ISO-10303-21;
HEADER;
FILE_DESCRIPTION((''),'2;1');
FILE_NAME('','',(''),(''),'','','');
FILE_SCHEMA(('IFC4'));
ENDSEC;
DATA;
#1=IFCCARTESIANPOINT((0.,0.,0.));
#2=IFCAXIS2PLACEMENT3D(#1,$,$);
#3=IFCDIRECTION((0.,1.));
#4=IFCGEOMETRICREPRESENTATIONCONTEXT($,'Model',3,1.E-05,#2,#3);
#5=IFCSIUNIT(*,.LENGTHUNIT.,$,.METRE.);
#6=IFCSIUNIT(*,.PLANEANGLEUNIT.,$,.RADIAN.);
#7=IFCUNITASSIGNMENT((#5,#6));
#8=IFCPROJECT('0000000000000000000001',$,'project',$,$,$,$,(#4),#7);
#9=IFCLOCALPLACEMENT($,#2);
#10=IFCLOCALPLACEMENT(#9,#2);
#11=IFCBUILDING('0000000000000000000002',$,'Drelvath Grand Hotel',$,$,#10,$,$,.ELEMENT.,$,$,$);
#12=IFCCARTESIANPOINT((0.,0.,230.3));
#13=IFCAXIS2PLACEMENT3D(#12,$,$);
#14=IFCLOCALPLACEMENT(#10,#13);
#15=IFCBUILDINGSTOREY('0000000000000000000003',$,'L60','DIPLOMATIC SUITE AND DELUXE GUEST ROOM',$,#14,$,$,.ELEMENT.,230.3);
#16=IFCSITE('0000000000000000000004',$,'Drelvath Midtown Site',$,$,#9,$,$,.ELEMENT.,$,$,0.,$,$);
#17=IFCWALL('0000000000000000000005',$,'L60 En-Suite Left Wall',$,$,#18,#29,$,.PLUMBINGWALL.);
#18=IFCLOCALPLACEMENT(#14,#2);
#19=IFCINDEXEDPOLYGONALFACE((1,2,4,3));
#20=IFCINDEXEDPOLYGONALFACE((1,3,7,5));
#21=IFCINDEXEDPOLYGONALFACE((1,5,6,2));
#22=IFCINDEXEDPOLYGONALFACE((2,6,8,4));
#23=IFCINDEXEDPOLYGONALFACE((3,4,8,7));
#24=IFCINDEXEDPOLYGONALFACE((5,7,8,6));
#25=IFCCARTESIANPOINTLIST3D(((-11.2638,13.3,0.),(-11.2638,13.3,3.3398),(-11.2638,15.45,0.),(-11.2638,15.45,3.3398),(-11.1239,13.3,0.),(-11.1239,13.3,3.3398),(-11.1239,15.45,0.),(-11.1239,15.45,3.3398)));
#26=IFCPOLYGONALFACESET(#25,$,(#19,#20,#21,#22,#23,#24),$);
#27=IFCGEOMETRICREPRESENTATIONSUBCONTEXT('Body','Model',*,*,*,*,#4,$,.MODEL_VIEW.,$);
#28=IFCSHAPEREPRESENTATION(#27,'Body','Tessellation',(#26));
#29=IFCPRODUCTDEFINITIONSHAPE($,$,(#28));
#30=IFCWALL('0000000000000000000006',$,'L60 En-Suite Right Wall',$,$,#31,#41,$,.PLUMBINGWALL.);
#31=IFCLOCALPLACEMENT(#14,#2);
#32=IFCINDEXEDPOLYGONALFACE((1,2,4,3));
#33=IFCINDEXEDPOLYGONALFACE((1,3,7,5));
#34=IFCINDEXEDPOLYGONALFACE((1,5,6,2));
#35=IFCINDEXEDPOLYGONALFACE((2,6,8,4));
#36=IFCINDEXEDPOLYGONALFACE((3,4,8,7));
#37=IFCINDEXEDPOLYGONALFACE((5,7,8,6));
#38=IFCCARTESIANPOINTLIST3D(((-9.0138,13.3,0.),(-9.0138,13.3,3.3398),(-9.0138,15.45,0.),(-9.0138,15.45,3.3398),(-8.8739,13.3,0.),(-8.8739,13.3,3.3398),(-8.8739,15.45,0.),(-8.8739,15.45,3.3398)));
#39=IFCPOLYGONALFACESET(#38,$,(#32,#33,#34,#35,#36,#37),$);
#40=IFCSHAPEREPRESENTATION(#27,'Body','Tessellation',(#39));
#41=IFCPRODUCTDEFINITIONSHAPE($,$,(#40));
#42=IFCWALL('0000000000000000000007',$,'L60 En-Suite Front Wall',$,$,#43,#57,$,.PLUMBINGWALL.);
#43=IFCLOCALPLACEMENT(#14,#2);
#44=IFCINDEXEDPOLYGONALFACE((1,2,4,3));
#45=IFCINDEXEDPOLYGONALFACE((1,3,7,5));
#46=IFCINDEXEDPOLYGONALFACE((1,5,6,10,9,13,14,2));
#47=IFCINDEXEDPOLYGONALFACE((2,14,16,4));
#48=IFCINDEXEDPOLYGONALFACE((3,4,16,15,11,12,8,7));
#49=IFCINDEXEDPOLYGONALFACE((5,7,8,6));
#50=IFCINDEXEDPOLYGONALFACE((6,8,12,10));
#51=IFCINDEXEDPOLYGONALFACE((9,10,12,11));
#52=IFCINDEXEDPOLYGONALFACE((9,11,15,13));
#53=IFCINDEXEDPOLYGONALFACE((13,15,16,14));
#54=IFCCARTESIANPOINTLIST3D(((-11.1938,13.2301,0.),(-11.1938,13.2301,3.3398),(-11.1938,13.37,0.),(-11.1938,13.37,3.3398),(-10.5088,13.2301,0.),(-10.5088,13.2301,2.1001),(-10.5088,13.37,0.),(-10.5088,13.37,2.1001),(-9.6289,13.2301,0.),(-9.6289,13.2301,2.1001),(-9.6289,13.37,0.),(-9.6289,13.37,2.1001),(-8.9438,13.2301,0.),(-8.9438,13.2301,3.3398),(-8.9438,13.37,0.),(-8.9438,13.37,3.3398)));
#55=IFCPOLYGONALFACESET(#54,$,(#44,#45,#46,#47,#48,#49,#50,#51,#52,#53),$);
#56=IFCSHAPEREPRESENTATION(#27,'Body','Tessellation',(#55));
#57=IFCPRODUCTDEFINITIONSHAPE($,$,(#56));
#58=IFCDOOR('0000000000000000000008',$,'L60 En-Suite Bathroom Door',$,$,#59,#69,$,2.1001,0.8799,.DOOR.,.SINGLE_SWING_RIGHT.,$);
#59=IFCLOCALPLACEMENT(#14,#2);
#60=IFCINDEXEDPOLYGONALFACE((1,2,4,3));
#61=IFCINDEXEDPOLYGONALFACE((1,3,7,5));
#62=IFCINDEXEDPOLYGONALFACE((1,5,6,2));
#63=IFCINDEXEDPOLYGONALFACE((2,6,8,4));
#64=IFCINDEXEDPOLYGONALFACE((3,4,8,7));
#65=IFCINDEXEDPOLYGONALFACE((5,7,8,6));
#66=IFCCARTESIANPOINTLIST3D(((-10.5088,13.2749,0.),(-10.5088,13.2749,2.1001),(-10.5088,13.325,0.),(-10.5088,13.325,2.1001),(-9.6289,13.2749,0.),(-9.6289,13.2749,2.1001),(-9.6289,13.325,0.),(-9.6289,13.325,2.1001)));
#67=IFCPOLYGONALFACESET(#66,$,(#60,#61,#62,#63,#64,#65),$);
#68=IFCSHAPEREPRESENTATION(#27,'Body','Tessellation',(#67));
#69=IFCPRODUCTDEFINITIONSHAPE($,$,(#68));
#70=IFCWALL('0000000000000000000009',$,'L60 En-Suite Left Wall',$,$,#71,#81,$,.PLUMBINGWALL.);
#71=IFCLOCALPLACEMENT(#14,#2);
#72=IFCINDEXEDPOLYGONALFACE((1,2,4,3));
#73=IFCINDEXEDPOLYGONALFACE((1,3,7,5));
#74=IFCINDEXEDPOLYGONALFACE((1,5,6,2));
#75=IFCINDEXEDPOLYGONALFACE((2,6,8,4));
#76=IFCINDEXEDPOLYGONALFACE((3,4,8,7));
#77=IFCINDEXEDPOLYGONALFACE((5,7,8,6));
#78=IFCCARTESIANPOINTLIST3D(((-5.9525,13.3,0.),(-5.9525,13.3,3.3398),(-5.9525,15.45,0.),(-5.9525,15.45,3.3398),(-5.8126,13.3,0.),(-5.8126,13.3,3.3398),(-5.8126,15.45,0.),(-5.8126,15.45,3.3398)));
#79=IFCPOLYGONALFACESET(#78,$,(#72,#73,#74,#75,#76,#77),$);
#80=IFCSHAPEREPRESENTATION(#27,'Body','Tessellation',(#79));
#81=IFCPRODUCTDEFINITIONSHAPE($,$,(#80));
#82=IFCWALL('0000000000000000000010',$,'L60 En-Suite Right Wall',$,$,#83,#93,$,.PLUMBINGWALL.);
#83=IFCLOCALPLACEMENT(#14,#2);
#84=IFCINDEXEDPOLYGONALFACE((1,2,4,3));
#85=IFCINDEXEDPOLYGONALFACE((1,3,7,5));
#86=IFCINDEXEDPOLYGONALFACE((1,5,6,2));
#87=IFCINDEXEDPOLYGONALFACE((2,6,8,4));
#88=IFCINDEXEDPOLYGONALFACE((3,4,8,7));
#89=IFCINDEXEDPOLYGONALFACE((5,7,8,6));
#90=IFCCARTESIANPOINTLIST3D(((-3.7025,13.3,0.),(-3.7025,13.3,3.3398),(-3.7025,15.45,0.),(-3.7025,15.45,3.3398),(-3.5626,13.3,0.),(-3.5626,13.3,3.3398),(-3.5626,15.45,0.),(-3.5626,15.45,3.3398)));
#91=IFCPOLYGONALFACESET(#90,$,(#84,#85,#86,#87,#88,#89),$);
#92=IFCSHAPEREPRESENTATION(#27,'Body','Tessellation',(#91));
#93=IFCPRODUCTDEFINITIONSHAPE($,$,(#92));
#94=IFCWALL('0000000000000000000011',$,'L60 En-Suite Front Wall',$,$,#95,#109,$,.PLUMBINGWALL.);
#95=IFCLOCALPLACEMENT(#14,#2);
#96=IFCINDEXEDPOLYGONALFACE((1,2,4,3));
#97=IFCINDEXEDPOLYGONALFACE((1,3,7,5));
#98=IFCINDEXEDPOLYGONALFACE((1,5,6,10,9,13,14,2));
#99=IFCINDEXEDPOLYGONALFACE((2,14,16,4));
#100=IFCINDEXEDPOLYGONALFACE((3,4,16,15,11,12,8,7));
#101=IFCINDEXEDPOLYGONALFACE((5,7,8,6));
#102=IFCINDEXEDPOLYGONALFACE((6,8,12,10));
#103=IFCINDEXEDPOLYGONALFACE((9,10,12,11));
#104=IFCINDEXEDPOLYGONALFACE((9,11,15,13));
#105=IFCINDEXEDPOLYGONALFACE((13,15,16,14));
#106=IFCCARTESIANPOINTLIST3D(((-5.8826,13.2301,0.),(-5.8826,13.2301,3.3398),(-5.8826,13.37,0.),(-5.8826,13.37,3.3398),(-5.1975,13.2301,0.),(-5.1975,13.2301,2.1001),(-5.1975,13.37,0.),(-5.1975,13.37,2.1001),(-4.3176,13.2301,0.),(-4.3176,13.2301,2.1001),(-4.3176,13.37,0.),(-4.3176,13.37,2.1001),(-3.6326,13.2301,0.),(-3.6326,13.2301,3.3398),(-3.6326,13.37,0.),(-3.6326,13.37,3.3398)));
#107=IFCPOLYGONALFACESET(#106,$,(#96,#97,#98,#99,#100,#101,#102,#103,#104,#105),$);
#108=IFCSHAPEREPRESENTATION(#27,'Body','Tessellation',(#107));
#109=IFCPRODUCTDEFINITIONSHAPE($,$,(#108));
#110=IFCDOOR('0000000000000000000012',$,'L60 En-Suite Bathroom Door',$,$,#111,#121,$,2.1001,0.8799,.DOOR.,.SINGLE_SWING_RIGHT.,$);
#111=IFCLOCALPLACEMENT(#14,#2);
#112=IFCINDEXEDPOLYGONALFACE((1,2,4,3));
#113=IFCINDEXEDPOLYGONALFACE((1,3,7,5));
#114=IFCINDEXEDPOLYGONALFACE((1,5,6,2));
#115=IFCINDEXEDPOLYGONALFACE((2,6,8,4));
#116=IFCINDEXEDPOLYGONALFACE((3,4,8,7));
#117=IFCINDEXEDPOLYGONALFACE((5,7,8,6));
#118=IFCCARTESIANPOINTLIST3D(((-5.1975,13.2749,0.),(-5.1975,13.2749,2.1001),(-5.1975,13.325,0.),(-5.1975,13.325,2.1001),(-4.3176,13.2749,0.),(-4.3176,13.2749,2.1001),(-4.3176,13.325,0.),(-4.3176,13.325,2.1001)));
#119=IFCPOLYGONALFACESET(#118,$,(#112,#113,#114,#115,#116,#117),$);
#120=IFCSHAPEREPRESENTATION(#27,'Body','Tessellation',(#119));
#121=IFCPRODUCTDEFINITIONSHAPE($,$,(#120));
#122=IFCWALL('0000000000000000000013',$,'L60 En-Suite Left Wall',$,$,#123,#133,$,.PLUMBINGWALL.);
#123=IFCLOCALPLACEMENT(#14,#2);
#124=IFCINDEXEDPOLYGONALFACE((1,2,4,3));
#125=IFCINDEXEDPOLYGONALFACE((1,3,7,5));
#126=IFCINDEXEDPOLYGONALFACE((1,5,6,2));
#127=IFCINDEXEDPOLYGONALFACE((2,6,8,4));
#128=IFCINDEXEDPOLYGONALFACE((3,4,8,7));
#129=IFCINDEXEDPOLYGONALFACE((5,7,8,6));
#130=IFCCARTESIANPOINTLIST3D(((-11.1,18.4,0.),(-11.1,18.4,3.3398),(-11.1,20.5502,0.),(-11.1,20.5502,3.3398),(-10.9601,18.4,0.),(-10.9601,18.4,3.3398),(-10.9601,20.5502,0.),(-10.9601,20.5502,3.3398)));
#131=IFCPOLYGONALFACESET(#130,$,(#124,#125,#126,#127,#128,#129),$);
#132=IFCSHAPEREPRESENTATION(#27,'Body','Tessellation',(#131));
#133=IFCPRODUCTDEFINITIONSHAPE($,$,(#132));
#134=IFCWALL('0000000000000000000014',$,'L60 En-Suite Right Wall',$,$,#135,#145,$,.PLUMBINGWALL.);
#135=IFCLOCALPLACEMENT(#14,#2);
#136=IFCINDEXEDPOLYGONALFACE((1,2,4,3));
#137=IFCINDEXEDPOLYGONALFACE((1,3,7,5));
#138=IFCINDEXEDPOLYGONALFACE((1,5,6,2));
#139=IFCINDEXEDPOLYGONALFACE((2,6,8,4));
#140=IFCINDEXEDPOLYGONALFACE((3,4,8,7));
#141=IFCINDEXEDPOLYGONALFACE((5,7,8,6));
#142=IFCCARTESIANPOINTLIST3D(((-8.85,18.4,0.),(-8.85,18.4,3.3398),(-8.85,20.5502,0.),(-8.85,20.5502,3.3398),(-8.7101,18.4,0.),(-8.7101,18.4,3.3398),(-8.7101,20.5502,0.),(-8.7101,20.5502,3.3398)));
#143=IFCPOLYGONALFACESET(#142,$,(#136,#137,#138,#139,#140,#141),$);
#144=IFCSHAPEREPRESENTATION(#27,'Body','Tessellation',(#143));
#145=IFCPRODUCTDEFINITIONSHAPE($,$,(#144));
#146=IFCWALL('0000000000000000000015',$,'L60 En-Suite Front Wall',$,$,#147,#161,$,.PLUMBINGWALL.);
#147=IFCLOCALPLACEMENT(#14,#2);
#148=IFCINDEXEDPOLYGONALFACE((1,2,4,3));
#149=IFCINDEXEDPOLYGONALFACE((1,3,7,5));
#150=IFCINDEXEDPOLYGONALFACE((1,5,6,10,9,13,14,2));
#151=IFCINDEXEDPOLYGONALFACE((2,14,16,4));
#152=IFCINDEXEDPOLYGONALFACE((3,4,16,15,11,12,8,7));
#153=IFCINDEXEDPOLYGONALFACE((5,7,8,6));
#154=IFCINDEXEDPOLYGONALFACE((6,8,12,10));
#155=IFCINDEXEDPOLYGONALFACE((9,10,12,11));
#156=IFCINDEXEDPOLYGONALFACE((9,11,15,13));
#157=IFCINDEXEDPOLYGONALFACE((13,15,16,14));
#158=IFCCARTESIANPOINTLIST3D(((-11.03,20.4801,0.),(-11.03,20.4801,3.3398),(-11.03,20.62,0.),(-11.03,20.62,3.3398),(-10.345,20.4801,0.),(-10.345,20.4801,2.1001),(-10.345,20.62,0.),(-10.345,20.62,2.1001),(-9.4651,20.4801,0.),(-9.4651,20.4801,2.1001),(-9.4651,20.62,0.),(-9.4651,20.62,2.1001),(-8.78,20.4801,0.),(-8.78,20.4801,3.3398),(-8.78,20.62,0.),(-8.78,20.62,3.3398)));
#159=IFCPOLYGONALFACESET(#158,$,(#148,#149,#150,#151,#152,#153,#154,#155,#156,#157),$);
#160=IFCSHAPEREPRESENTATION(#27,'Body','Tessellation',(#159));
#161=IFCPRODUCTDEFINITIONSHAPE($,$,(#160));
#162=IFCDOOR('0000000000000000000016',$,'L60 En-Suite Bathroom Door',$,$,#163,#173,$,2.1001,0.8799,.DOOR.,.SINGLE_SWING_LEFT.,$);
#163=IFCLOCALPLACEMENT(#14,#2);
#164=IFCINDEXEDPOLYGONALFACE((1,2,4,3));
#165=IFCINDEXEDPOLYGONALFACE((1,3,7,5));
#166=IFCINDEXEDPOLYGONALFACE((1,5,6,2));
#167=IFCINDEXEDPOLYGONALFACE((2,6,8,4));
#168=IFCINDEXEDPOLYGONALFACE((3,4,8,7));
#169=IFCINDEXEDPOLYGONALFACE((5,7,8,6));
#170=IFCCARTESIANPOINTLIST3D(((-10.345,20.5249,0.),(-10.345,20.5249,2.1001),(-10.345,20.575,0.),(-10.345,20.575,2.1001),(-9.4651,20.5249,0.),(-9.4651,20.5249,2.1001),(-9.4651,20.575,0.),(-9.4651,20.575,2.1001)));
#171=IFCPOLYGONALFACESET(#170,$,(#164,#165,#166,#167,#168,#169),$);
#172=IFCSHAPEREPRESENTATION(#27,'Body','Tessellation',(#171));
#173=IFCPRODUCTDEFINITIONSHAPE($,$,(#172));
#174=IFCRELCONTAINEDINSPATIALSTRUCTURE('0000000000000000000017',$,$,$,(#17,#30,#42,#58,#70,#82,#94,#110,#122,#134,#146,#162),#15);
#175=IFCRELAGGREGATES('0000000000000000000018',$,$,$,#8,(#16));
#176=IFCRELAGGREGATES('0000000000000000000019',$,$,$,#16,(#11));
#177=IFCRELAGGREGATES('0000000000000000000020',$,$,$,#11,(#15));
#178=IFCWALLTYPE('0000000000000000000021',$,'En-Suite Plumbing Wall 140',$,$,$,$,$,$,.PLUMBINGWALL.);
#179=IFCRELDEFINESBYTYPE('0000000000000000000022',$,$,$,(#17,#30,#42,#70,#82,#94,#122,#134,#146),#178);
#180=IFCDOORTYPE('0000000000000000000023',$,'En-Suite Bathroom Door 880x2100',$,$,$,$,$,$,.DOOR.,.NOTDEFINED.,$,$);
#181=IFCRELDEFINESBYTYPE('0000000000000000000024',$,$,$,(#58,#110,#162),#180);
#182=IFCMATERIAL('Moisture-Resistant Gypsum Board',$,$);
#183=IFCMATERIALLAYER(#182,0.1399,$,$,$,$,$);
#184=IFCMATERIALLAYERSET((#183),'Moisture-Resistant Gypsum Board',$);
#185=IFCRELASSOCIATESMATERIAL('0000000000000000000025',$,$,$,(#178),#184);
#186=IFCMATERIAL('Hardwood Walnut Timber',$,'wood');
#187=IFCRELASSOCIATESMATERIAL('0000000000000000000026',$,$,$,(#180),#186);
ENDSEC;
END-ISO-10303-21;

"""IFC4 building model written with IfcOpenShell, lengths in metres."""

from ifc_helpers import new_model, si_unit, direction, frame, frame_2d, origin, place, context, subcontext, project, spatial, rectangle, extrude, material, layer, layer_set, type_object, element, fill, save


model = new_model("IFC4")

# Units and contexts
model_context = context("Model", 3, precision=1e-05, world=origin(), true_north=direction((0.0, 1.0)))
body_context = subcontext(model_context, "Body", "Model", "MODEL_VIEW")
ifc_project = project(units=[si_unit("LENGTHUNIT", "METRE"), si_unit("PLANEANGLEUNIT", "RADIAN")], contexts=[model_context])

# Site, building, storey
site_placement = place(None, origin())
site = spatial("IfcSite", under=ifc_project, at=site_placement, Name="Drelvath Midtown Site", CompositionType="ELEMENT", RefElevation=0.0)
building_placement = place(site_placement, origin())
building = spatial("IfcBuilding", under=site, at=building_placement, Name="Drelvath Grand Hotel", CompositionType="ELEMENT")
storey_placement = place(building_placement, frame((0.0, 0.0, 230.3)))
storey = spatial("IfcBuildingStorey", under=building, at=storey_placement, Name="L60", Description="DIPLOMATIC SUITE AND DELUXE GUEST ROOM", CompositionType="ELEMENT", Elevation=230.3)

# Walls
ifc_material_1 = material(Name="Moisture-Resistant Gypsum Board")
ifc_layer_1 = layer(ifc_material_1, 0.1399)
ifc_layer_set_1 = layer_set([ifc_layer_1], Name="Moisture-Resistant Gypsum Board")
wall_type_1 = type_object("IfcWallType", Name="En-Suite Plumbing Wall 140", PredefinedType="PLUMBINGWALL", material=ifc_layer_set_1)
for number, where, z_axis, x_axis, name in (
    (1, (-11.1938, 15.45, 0.0), (0.0, 0.0, 1.0), (0.0, -1.0, 0.0), "L60 En-Suite Left Wall"),
    (2, (-8.9438, 15.45, 0.0), (0.0, 0.0, 1.0), (0.0, -1.0, 0.0), "L60 En-Suite Right Wall"),
):
    element("IfcWall", number, at=place(storey_placement, frame(where, z_axis=z_axis, x_axis=x_axis)), inside=storey, type_object=wall_type_1, Name=name, PredefinedType="PLUMBINGWALL", context=body_context, shape_type="SweptSolid", body=[
        extrude(rectangle(XDim=2.1499, YDim=0.1399, at=frame_2d((1.075, 0.0))), origin(), (0.0, 0.0, 1.0), 3.3398),
    ])

# Wall, opening, door
wall_1_placement = place(storey_placement, frame((-11.1938, 13.3, 0.0), z_axis=(0.0, 0.0, 1.0), x_axis=(1.0, 0.0, 0.0)))
wall_1 = element("IfcWall", 3, at=wall_1_placement, inside=storey, type_object=wall_type_1, Name="L60 En-Suite Front Wall", PredefinedType="PLUMBINGWALL", context=body_context, shape_type="SweptSolid", body=[
    extrude(rectangle(XDim=2.25, YDim=0.1399, at=frame_2d((1.125, 0.0))), origin(), (0.0, 0.0, 1.0), 3.3398),
])
opening_1_placement = place(wall_1_placement, frame((0.6851, 0.0, 0.0)))
opening_1 = element("IfcOpeningElement", 4, at=opening_1_placement, cuts=wall_1, PredefinedType="OPENING", context=body_context, shape_type="SweptSolid", body=[
    extrude(rectangle(XDim=0.8799, YDim=2.1001, at=frame_2d((0.4399, 1.05))), frame((0.0, 0.0798, 0.0), z_axis=(0.0, -1.0, 0.0), x_axis=(1.0, 0.0, 0.0)), (0.0, 0.0, 1.0), 0.1599),
])
ifc_material_2 = material(Name="Hardwood Walnut Timber", Category="wood")
door_type_1 = type_object("IfcDoorType", Name="En-Suite Bathroom Door 880x2100", OperationType="NOTDEFINED", PredefinedType="DOOR", material=ifc_material_2)
door_1_placement = place(opening_1_placement, origin())
door_1 = element("IfcDoor", 5, at=door_1_placement, inside=storey, type_object=door_type_1, Name="L60 En-Suite Bathroom Door", OperationType="SINGLE_SWING_RIGHT", OverallHeight=2.1001, OverallWidth=0.8799, PredefinedType="DOOR", context=body_context, shape_type="SweptSolid", body=[
    extrude(rectangle(XDim=0.8799, YDim=2.1001, at=frame_2d((0.4399, 1.05))), frame((0.0, 0.0249, 0.0), z_axis=(0.0, -1.0, 0.0), x_axis=(1.0, 0.0, 0.0)), (0.0, 0.0, 1.0), 0.05),
])
fill(opening_1, door_1)

# Walls
for number, where, z_axis, x_axis, name in (
    (6, (-5.8826, 15.45, 0.0), (0.0, 0.0, 1.0), (0.0, -1.0, 0.0), "L60 En-Suite Left Wall"),
    (7, (-3.6326, 15.45, 0.0), (0.0, 0.0, 1.0), (0.0, -1.0, 0.0), "L60 En-Suite Right Wall"),
):
    element("IfcWall", number, at=place(storey_placement, frame(where, z_axis=z_axis, x_axis=x_axis)), inside=storey, type_object=wall_type_1, Name=name, PredefinedType="PLUMBINGWALL", context=body_context, shape_type="SweptSolid", body=[
        extrude(rectangle(XDim=2.1499, YDim=0.1399, at=frame_2d((1.075, 0.0))), origin(), (0.0, 0.0, 1.0), 3.3398),
    ])

# Wall, opening, door
wall_2_placement = place(storey_placement, frame((-5.8826, 13.3, 0.0), z_axis=(0.0, 0.0, 1.0), x_axis=(1.0, 0.0, 0.0)))
wall_2 = element("IfcWall", 8, at=wall_2_placement, inside=storey, type_object=wall_type_1, Name="L60 En-Suite Front Wall", PredefinedType="PLUMBINGWALL", context=body_context, shape_type="SweptSolid", body=[
    extrude(rectangle(XDim=2.25, YDim=0.1399, at=frame_2d((1.125, 0.0))), origin(), (0.0, 0.0, 1.0), 3.3398),
])
opening_2_placement = place(wall_2_placement, frame((0.6851, 0.0, 0.0)))
opening_2 = element("IfcOpeningElement", 9, at=opening_2_placement, cuts=wall_2, PredefinedType="OPENING", context=body_context, shape_type="SweptSolid", body=[
    extrude(rectangle(XDim=0.8799, YDim=2.1001, at=frame_2d((0.4399, 1.05))), frame((0.0, 0.0798, 0.0), z_axis=(0.0, -1.0, 0.0), x_axis=(1.0, 0.0, 0.0)), (0.0, 0.0, 1.0), 0.1599),
])
door_2_placement = place(opening_2_placement, origin())
door_2 = element("IfcDoor", 10, at=door_2_placement, inside=storey, type_object=door_type_1, Name="L60 En-Suite Bathroom Door", OperationType="SINGLE_SWING_RIGHT", OverallHeight=2.1001, OverallWidth=0.8799, PredefinedType="DOOR", context=body_context, shape_type="SweptSolid", body=[
    extrude(rectangle(XDim=0.8799, YDim=2.1001, at=frame_2d((0.4399, 1.05))), frame((0.0, 0.0249, 0.0), z_axis=(0.0, -1.0, 0.0), x_axis=(1.0, 0.0, 0.0)), (0.0, 0.0, 1.0), 0.05),
])
fill(opening_2, door_2)

# Walls
for number, where, z_axis, x_axis, name in (
    (11, (-11.03, 18.3999, 0.0), (0.0, 0.0, 1.0), (0.0, 1.0, 0.0), "L60 En-Suite Left Wall"),
    (12, (-8.78, 18.3999, 0.0), (0.0, 0.0, 1.0), (0.0, 1.0, 0.0), "L60 En-Suite Right Wall"),
):
    element("IfcWall", number, at=place(storey_placement, frame(where, z_axis=z_axis, x_axis=x_axis)), inside=storey, type_object=wall_type_1, Name=name, PredefinedType="PLUMBINGWALL", context=body_context, shape_type="SweptSolid", body=[
        extrude(rectangle(XDim=2.1501, YDim=0.1399, at=frame_2d((1.0752, 0.0))), origin(), (0.0, 0.0, 1.0), 3.3398),
    ])

# Wall, opening, door
wall_3_placement = place(storey_placement, frame((-11.03, 20.55, 0.0), z_axis=(0.0, 0.0, 1.0), x_axis=(1.0, 0.0, 0.0)))
wall_3 = element("IfcWall", 13, at=wall_3_placement, inside=storey, type_object=wall_type_1, Name="L60 En-Suite Front Wall", PredefinedType="PLUMBINGWALL", context=body_context, shape_type="SweptSolid", body=[
    extrude(rectangle(XDim=2.25, YDim=0.1399, at=frame_2d((1.125, 0.0))), origin(), (0.0, 0.0, 1.0), 3.3398),
])
opening_3_placement = place(wall_3_placement, frame((0.6851, 0.0, 0.0)))
opening_3 = element("IfcOpeningElement", 14, at=opening_3_placement, cuts=wall_3, PredefinedType="OPENING", context=body_context, shape_type="SweptSolid", body=[
    extrude(rectangle(XDim=0.8799, YDim=2.1001, at=frame_2d((0.4399, 1.05))), frame((0.0, 0.0798, 0.0), z_axis=(0.0, -1.0, 0.0), x_axis=(1.0, 0.0, 0.0)), (0.0, 0.0, 1.0), 0.1599),
])
door_3_placement = place(opening_3_placement, origin())
door_3 = element("IfcDoor", 15, at=door_3_placement, inside=storey, type_object=door_type_1, Name="L60 En-Suite Bathroom Door", OperationType="SINGLE_SWING_LEFT", OverallHeight=2.1001, OverallWidth=0.8799, PredefinedType="DOOR", context=body_context, shape_type="SweptSolid", body=[
    extrude(rectangle(XDim=0.8799, YDim=2.1001, at=frame_2d((0.4399, 1.05))), frame((0.0, 0.0249, 0.0), z_axis=(0.0, -1.0, 0.0), x_axis=(1.0, 0.0, 0.0)), (0.0, 0.0, 1.0), 0.05),
])
fill(opening_3, door_3)

save(model, "model.ifc")
